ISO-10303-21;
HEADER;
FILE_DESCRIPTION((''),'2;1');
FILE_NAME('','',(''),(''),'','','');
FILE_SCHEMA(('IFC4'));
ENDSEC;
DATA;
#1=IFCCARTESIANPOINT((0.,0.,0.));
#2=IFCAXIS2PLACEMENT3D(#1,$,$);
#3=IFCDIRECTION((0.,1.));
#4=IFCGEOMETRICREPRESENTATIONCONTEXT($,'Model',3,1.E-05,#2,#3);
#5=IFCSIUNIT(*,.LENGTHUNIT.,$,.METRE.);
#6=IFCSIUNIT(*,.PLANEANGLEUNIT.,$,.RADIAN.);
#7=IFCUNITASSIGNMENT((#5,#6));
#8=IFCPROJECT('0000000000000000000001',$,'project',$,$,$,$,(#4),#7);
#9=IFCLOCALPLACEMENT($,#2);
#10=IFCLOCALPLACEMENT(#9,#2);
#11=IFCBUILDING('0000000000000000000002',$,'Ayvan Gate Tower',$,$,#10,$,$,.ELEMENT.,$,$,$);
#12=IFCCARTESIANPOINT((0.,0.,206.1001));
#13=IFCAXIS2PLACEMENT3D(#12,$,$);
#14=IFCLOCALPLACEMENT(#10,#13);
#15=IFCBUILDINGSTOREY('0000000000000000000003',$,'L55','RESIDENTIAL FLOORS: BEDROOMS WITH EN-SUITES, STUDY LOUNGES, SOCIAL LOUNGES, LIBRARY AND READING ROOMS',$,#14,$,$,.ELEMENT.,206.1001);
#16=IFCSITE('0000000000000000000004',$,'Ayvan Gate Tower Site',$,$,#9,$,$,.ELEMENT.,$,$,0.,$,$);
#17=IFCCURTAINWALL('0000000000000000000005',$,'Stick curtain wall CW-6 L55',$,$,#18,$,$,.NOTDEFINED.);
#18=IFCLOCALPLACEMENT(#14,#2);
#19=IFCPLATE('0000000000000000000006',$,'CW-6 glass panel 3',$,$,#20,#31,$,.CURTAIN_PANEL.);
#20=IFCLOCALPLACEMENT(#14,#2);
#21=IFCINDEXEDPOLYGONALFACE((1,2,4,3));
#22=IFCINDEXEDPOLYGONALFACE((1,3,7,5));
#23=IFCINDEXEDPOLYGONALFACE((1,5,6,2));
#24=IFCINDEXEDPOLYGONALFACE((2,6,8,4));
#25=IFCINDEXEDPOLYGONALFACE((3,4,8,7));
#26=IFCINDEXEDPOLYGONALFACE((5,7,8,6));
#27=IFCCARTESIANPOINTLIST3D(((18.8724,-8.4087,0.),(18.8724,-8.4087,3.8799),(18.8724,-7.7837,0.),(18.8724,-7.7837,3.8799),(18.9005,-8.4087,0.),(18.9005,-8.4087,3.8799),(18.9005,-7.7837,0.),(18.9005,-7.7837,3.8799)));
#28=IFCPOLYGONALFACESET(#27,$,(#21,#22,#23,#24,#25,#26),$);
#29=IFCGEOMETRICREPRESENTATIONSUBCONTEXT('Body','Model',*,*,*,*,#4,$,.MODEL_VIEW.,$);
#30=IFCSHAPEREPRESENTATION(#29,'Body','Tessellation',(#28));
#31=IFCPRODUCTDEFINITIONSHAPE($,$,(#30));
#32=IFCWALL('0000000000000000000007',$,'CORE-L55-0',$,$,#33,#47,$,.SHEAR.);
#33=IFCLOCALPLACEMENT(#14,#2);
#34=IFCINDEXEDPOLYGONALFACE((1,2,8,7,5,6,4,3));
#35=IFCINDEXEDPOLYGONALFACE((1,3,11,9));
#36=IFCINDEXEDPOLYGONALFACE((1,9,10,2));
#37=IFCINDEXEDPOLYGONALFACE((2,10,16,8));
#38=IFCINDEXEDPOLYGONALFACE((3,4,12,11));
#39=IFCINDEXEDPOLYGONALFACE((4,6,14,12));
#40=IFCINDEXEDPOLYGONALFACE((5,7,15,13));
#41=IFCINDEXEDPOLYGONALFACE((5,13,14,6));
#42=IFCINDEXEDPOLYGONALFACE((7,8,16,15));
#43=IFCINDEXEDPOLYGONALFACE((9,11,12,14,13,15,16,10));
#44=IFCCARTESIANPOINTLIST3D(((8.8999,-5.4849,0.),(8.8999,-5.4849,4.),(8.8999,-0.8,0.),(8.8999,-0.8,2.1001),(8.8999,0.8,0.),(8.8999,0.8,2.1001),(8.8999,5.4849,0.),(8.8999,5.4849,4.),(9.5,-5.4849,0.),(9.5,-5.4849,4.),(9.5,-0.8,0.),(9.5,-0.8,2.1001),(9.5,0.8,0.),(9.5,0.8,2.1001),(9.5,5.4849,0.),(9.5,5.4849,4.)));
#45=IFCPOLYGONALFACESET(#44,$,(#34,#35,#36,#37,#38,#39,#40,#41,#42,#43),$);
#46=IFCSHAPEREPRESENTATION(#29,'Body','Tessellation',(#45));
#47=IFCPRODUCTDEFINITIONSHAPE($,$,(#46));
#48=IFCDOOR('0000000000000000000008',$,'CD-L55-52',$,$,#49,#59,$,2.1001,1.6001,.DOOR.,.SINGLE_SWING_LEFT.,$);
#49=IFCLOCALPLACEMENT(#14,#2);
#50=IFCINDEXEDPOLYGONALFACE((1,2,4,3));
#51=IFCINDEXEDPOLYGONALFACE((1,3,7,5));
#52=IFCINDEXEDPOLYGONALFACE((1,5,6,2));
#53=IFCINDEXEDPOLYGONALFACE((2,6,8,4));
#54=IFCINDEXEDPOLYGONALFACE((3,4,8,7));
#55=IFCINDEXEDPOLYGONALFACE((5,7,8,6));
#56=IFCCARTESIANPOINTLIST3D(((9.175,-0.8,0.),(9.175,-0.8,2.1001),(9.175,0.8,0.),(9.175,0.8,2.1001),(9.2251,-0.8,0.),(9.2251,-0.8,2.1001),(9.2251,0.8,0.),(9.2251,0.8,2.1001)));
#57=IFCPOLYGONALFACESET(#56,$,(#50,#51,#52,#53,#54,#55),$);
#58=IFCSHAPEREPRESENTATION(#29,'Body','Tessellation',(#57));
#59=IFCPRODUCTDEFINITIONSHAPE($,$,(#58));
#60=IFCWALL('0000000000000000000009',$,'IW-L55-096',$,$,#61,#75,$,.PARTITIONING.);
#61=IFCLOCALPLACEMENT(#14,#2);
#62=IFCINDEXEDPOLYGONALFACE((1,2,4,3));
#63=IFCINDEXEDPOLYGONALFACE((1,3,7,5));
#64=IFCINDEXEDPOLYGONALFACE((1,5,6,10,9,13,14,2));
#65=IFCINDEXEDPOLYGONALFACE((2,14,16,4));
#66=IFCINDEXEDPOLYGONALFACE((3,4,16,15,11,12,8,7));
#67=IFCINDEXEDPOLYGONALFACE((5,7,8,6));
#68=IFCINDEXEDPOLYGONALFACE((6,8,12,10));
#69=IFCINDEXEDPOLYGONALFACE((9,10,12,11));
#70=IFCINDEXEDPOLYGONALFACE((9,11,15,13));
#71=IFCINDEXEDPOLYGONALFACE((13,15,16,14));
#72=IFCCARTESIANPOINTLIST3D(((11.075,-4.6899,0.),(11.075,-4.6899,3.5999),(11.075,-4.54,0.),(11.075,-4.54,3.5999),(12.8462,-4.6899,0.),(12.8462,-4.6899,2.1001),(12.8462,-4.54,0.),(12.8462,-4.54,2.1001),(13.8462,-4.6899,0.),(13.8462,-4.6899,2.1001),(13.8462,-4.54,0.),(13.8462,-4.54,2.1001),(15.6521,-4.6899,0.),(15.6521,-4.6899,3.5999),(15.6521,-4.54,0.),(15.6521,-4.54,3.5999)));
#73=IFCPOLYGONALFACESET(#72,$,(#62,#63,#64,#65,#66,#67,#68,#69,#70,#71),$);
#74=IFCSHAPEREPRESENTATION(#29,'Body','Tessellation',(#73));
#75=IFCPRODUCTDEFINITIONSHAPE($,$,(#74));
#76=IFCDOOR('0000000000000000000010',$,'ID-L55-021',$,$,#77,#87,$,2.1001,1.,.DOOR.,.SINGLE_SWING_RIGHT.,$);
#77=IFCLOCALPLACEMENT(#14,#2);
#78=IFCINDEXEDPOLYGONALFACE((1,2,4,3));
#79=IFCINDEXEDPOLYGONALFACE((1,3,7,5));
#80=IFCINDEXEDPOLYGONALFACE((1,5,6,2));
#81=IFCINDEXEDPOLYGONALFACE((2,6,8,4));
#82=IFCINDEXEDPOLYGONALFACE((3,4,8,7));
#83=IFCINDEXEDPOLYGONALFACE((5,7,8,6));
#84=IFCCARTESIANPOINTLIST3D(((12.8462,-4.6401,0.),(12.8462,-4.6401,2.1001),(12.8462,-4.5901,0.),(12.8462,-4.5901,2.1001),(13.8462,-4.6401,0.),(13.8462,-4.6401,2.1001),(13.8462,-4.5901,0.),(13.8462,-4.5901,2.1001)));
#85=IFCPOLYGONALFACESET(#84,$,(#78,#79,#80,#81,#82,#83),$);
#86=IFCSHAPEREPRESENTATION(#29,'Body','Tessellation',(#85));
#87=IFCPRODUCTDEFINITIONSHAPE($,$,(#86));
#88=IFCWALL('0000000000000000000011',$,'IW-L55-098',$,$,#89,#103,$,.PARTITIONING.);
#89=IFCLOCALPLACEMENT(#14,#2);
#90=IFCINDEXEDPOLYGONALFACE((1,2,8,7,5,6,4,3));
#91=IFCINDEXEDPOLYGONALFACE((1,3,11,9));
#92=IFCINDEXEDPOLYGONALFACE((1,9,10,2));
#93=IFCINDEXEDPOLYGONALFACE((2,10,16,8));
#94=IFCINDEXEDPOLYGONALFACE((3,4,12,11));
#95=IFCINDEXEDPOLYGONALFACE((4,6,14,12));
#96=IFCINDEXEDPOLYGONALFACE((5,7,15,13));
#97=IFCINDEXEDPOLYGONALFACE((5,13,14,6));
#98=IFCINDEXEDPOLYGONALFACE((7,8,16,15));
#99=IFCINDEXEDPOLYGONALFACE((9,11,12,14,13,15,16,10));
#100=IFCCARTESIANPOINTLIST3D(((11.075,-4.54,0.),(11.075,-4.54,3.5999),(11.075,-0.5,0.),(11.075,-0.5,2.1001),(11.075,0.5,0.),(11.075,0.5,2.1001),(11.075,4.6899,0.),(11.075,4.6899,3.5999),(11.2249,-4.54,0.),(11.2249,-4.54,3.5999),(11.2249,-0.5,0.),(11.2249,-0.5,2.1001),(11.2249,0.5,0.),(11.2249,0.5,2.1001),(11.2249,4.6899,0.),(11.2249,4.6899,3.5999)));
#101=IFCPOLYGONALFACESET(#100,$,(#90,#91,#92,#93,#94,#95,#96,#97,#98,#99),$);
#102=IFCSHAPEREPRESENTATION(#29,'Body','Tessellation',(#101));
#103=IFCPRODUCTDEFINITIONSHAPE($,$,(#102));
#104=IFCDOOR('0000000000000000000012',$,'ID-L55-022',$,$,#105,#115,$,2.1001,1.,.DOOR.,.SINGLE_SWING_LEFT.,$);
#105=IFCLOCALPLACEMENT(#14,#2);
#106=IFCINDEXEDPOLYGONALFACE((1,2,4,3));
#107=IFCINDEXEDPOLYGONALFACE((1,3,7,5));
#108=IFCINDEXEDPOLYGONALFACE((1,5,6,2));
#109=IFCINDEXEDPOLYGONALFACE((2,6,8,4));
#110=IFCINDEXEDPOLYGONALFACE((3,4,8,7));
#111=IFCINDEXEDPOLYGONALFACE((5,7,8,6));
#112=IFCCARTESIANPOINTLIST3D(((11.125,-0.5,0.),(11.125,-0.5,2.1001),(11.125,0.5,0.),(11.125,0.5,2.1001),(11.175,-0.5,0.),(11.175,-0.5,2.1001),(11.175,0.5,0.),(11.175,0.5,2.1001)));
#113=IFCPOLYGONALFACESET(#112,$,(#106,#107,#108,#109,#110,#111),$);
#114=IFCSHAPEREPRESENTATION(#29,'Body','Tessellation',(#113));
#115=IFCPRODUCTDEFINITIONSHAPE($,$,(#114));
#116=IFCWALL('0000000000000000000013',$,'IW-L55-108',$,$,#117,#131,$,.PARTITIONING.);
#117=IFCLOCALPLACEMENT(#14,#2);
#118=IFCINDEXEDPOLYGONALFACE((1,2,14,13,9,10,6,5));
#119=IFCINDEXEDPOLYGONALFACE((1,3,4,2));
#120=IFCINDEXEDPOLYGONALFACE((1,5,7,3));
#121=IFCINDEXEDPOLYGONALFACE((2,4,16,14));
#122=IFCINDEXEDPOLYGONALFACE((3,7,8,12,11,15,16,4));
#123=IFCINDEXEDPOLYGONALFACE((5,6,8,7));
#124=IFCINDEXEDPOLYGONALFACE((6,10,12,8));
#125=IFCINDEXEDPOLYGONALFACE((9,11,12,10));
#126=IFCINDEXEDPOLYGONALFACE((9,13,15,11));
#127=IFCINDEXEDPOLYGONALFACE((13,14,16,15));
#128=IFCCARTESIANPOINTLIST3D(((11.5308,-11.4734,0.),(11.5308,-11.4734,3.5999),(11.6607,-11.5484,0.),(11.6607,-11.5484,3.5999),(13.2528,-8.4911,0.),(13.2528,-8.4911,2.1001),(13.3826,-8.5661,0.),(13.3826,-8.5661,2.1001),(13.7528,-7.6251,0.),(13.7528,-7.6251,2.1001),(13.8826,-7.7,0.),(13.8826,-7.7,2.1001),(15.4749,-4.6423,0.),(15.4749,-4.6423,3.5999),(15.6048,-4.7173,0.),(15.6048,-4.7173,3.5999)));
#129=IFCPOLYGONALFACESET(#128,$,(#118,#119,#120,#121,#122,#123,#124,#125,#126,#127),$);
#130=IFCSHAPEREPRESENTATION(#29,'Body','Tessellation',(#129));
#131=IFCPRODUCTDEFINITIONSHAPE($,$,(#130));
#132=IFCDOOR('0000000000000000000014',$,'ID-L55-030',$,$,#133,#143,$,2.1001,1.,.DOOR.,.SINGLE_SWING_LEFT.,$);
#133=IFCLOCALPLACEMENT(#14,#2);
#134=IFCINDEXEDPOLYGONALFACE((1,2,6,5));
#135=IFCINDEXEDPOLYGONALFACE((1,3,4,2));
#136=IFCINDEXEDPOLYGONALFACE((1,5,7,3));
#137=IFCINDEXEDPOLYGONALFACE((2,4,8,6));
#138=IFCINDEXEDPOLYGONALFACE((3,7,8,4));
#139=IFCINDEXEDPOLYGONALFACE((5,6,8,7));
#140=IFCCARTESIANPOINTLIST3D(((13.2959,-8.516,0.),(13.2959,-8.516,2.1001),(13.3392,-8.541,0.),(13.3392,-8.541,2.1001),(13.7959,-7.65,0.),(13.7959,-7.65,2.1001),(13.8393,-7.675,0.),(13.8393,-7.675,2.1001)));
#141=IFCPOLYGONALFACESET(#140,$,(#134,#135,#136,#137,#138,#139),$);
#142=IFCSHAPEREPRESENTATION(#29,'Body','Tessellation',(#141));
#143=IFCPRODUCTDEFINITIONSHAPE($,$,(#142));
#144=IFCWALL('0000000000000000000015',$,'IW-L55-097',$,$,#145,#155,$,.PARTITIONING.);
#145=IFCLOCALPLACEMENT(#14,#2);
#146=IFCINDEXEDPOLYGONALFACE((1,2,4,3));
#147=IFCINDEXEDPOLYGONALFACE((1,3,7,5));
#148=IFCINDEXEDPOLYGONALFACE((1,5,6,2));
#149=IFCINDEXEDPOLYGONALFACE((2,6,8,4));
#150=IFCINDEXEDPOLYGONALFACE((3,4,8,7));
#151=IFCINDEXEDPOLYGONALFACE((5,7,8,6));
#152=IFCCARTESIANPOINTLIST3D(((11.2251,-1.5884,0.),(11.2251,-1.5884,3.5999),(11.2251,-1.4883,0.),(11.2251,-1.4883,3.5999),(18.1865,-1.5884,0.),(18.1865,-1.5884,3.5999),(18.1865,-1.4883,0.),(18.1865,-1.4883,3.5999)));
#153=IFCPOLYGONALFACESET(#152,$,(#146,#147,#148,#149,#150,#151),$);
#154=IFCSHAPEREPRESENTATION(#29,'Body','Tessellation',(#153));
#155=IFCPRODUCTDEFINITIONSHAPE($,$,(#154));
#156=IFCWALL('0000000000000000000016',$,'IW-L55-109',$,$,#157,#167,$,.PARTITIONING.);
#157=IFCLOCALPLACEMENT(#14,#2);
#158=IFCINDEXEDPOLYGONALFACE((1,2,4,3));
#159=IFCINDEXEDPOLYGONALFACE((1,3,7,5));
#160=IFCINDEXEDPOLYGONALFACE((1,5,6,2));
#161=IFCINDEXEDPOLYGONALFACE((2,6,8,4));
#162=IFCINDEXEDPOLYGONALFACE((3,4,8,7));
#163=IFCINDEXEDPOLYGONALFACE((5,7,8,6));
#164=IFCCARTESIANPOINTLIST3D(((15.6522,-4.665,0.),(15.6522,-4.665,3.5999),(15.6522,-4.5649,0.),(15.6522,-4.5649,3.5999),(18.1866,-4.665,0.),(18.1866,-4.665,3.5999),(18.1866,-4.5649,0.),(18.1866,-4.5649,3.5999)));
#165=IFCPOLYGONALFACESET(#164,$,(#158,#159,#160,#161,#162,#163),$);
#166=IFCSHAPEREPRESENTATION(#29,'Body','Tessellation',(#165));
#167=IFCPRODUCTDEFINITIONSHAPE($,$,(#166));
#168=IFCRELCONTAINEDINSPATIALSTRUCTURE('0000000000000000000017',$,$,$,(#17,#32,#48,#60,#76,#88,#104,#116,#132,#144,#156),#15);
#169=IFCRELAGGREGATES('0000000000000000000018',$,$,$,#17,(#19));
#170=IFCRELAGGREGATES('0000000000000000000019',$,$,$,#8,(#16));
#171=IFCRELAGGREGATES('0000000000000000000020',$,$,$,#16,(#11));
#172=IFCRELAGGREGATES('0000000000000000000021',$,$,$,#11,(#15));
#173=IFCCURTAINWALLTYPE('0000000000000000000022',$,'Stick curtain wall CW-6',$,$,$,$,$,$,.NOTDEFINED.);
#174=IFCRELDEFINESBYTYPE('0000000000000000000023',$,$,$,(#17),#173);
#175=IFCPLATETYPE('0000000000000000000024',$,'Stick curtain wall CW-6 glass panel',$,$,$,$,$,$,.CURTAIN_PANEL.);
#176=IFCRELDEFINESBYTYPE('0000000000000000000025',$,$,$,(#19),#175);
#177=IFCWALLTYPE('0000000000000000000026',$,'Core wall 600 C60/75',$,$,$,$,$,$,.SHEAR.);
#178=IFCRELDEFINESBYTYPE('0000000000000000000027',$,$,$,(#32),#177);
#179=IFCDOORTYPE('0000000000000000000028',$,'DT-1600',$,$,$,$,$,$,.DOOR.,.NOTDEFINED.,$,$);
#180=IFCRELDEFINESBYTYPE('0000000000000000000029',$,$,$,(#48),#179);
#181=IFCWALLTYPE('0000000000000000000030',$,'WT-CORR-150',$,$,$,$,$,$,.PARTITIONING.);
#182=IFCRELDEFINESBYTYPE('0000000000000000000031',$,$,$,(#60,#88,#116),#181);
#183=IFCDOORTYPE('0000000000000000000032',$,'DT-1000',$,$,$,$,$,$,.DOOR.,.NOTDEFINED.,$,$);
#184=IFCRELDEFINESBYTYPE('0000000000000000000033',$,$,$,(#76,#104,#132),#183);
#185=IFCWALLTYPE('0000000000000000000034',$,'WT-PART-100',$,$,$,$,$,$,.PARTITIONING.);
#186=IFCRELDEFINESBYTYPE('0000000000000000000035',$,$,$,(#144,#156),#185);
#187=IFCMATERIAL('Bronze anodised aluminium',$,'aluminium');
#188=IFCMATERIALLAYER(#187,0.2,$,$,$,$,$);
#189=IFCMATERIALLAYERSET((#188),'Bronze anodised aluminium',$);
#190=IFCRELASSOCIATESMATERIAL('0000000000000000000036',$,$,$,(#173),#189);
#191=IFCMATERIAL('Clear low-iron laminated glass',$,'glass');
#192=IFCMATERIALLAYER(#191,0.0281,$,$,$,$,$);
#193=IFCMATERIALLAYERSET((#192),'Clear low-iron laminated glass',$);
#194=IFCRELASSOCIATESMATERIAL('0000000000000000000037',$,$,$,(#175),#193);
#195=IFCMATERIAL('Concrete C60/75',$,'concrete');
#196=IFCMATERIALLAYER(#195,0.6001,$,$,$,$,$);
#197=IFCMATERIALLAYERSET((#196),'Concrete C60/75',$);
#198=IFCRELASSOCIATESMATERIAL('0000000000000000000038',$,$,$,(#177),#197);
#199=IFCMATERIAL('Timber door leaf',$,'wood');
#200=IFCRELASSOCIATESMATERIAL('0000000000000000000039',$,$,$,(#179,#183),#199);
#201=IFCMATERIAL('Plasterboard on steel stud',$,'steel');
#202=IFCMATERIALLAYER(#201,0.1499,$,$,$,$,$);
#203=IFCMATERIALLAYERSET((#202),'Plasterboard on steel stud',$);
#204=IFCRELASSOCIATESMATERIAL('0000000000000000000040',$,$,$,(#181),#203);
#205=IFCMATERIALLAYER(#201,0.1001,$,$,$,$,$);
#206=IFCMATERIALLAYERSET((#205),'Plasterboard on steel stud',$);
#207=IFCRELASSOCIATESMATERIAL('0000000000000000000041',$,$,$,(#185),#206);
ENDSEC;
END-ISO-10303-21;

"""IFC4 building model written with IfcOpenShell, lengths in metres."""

from ifc_helpers import new_model, si_unit, direction, frame, frame_2d, origin, origin_2d, place, context, subcontext, project, spatial, rectangle, extrude, material, layer, layer_set, type_object, element, fill, aggregate, save


model = new_model("IFC4")

# Units and contexts
model_context = context("Model", 3, precision=1e-05, world=origin(), true_north=direction((0.0, 1.0)))
body_context = subcontext(model_context, "Body", "Model", "MODEL_VIEW")
ifc_project = project(units=[si_unit("LENGTHUNIT", "METRE"), si_unit("PLANEANGLEUNIT", "RADIAN")], contexts=[model_context])

# Site, building, storey
site_placement = place(None, origin())
site = spatial("IfcSite", under=ifc_project, at=site_placement, Name="Ayvan Gate Tower Site", CompositionType="ELEMENT", RefElevation=0.0)
building_placement = place(site_placement, origin())
building = spatial("IfcBuilding", under=site, at=building_placement, Name="Ayvan Gate Tower", CompositionType="ELEMENT")
storey_placement = place(building_placement, frame((0.0, 0.0, 206.1001)))
storey = spatial("IfcBuildingStorey", under=building, at=storey_placement, Name="L55", Description="RESIDENTIAL FLOORS: BEDROOMS WITH EN-SUITES, STUDY LOUNGES, SOCIAL LOUNGES, LIBRARY AND READING ROOMS", CompositionType="ELEMENT", Elevation=206.1001)

# Curtain wall
ifc_material_1 = material(Name="Bronze anodised aluminium", Category="aluminium")
ifc_layer_1 = layer(ifc_material_1, 0.2)
ifc_layer_set_1 = layer_set([ifc_layer_1], Name="Bronze anodised aluminium")
curtain_wall_type_1 = type_object("IfcCurtainWallType", Name="Stick curtain wall CW-6", PredefinedType="NOTDEFINED", material=ifc_layer_set_1)
curtain_wall_1_placement = place(storey_placement, origin())
curtain_wall_1 = element("IfcCurtainWall", 1, at=curtain_wall_1_placement, inside=storey, type_object=curtain_wall_type_1, Name="Stick curtain wall CW-6 L55", PredefinedType="NOTDEFINED")

# Plate
ifc_material_2 = material(Name="Clear low-iron laminated glass", Category="glass")
ifc_layer_2 = layer(ifc_material_2, 0.0281)
ifc_layer_set_2 = layer_set([ifc_layer_2], Name="Clear low-iron laminated glass")
plate_type_1 = type_object("IfcPlateType", Name="Stick curtain wall CW-6 glass panel", PredefinedType="CURTAIN_PANEL", material=ifc_layer_set_2)
plate_1_placement = place(storey_placement, frame((18.8865, -8.0962, 0.0), z_axis=(0.0, 0.0, 1.0), x_axis=(0.0, 1.0, 0.0)))
plate_1 = element("IfcPlate", 2, at=plate_1_placement, type_object=plate_type_1, Name="CW-6 glass panel 3", PredefinedType="CURTAIN_PANEL", context=body_context, shape_type="SweptSolid", body=[
    extrude(rectangle(XDim=0.625, YDim=0.0281, at=origin_2d()), origin(), (0.0, 0.0, 1.0), 3.8799),
])
aggregate(curtain_wall_1, [plate_1])

# Walls, openings, doors
ifc_material_3 = material(Name="Concrete C60/75", Category="concrete")
ifc_layer_3 = layer(ifc_material_3, 0.6001)
ifc_layer_set_3 = layer_set([ifc_layer_3], Name="Concrete C60/75")
wall_type_1 = type_object("IfcWallType", Name="Core wall 600 C60/75", PredefinedType="SHEAR", material=ifc_layer_set_3)
wall_1_placement = place(storey_placement, frame((9.2, -5.4849, 0.0), z_axis=(0.0, 0.0, 1.0), x_axis=(0.0, 1.0, 0.0)))
wall_1 = element("IfcWall", 3, at=wall_1_placement, inside=storey, type_object=wall_type_1, Name="CORE-L55-0", PredefinedType="SHEAR", context=body_context, shape_type="SweptSolid", body=[
    extrude(rectangle(XDim=10.9697, YDim=0.6001, at=frame_2d((5.4849, 0.0))), origin(), (0.0, 0.0, 1.0), 4.0),
])
opening_1_placement = place(wall_1_placement, frame((4.6848, 0.0, 0.0)))
opening_1 = element("IfcOpeningElement", 4, at=opening_1_placement, cuts=wall_1, PredefinedType="OPENING", context=body_context, shape_type="SweptSolid", body=[
    extrude(rectangle(XDim=1.6001, YDim=2.1001, at=frame_2d((0.8, 1.05))), frame((0.0, 0.3101, 0.0), z_axis=(0.0, -1.0, 0.0), x_axis=(1.0, 0.0, 0.0)), (0.0, 0.0, 1.0), 0.6201),
])
ifc_material_4 = material(Name="Timber door leaf", Category="wood")
door_type_1 = type_object("IfcDoorType", Name="DT-1600", OperationType="NOTDEFINED", PredefinedType="DOOR", material=ifc_material_4)
door_1_placement = place(opening_1_placement, origin())
door_1 = element("IfcDoor", 5, at=door_1_placement, inside=storey, type_object=door_type_1, Name="CD-L55-52", OperationType="SINGLE_SWING_LEFT", OverallHeight=2.1001, OverallWidth=1.6001, PredefinedType="DOOR", context=body_context, shape_type="SweptSolid", body=[
    extrude(rectangle(XDim=1.6001, YDim=2.1001, at=frame_2d((0.8, 1.05))), frame((0.0, 0.0249, 0.0), z_axis=(0.0, -1.0, 0.0), x_axis=(1.0, 0.0, 0.0)), (0.0, 0.0, 1.0), 0.05),
])
fill(opening_1, door_1)
ifc_material_5 = material(Name="Plasterboard on steel stud", Category="steel")
ifc_layer_4 = layer(ifc_material_5, 0.1499)
ifc_layer_set_4 = layer_set([ifc_layer_4], Name="Plasterboard on steel stud")
wall_type_2 = type_object("IfcWallType", Name="WT-CORR-150", PredefinedType="PARTITIONING", material=ifc_layer_set_4)
wall_2_placement = place(storey_placement, frame((11.075, -4.615, 0.0), z_axis=(0.0, 0.0, 1.0), x_axis=(1.0, 0.0, 0.0)))
wall_2 = element("IfcWall", 6, at=wall_2_placement, inside=storey, type_object=wall_type_2, Name="IW-L55-096", PredefinedType="PARTITIONING", context=body_context, shape_type="SweptSolid", body=[
    extrude(rectangle(XDim=4.5771, YDim=0.1499, at=frame_2d((2.2886, 0.0))), origin(), (0.0, 0.0, 1.0), 3.5999),
])
opening_2_placement = place(wall_2_placement, frame((1.7712, 0.0, 0.0)))
opening_2 = element("IfcOpeningElement", 7, at=opening_2_placement, cuts=wall_2, PredefinedType="OPENING", context=body_context, shape_type="SweptSolid", body=[
    extrude(rectangle(XDim=1.0, YDim=2.1001, at=frame_2d((0.5, 1.05))), frame((0.0, 0.085, 0.0), z_axis=(0.0, -1.0, 0.0), x_axis=(1.0, 0.0, 0.0)), (0.0, 0.0, 1.0), 0.1699),
])
door_type_2 = type_object("IfcDoorType", Name="DT-1000", OperationType="NOTDEFINED", PredefinedType="DOOR", material=ifc_material_4)
door_2_placement = place(opening_2_placement, origin())
door_2 = element("IfcDoor", 8, at=door_2_placement, inside=storey, type_object=door_type_2, Name="ID-L55-021", OperationType="SINGLE_SWING_RIGHT", OverallHeight=2.1001, OverallWidth=1.0, PredefinedType="DOOR", context=body_context, shape_type="SweptSolid", body=[
    extrude(rectangle(XDim=1.0, YDim=2.1001, at=frame_2d((0.5, 1.05))), frame((0.0, 0.0249, 0.0), z_axis=(0.0, -1.0, 0.0), x_axis=(1.0, 0.0, 0.0)), (0.0, 0.0, 1.0), 0.05),
])
fill(opening_2, door_2)
wall_3_placement = place(storey_placement, frame((11.1499, -4.54, 0.0), z_axis=(0.0, 0.0, 1.0), x_axis=(0.0, 1.0, 0.0)))
wall_3 = element("IfcWall", 9, at=wall_3_placement, inside=storey, type_object=wall_type_2, Name="IW-L55-098", PredefinedType="PARTITIONING", context=body_context, shape_type="SweptSolid", body=[
    extrude(rectangle(XDim=9.23, YDim=0.1499, at=frame_2d((4.615, 0.0))), origin(), (0.0, 0.0, 1.0), 3.5999),
])
opening_3_placement = place(wall_3_placement, frame((4.04, 0.0, 0.0)))
opening_3 = element("IfcOpeningElement", 10, at=opening_3_placement, cuts=wall_3, PredefinedType="OPENING", context=body_context, shape_type="SweptSolid", body=[
    extrude(rectangle(XDim=1.0, YDim=2.1001, at=frame_2d((0.5, 1.05))), frame((0.0, 0.085, 0.0), z_axis=(0.0, -1.0, 0.0), x_axis=(1.0, 0.0, 0.0)), (0.0, 0.0, 1.0), 0.1699),
])
door_3_placement = place(opening_3_placement, origin())
door_3 = element("IfcDoor", 11, at=door_3_placement, inside=storey, type_object=door_type_2, Name="ID-L55-022", OperationType="SINGLE_SWING_LEFT", OverallHeight=2.1001, OverallWidth=1.0, PredefinedType="DOOR", context=body_context, shape_type="SweptSolid", body=[
    extrude(rectangle(XDim=1.0, YDim=2.1001, at=frame_2d((0.5, 1.05))), frame((0.0, 0.0249, 0.0), z_axis=(0.0, -1.0, 0.0), x_axis=(1.0, 0.0, 0.0)), (0.0, 0.0, 1.0), 0.05),
])
fill(opening_3, door_3)
wall_4_placement = place(storey_placement, frame((15.5398, -4.6799, 0.0), z_axis=(0.0, 0.0, 1.0), x_axis=(-0.500017, -0.866015, 0.0)))
wall_4 = element("IfcWall", 12, at=wall_4_placement, inside=storey, type_object=wall_type_2, Name="IW-L55-108", PredefinedType="PARTITIONING", context=body_context, shape_type="SweptSolid", body=[
    extrude(rectangle(XDim=7.8879, YDim=0.1499, at=frame_2d((3.9438, 0.0))), origin(), (0.0, 0.0, 1.0), 3.5999),
])
opening_4_placement = place(wall_4_placement, frame((3.4441, 0.0, 0.0)))
opening_4 = element("IfcOpeningElement", 13, at=opening_4_placement, cuts=wall_4, PredefinedType="OPENING", context=body_context, shape_type="SweptSolid", body=[
    extrude(rectangle(XDim=1.0, YDim=2.1001, at=frame_2d((0.5, 1.05))), frame((0.0, 0.085, 0.0), z_axis=(0.0, -1.0, 0.0), x_axis=(1.0, 0.0, 0.0)), (0.0, 0.0, 1.0), 0.1699),
])
door_4_placement = place(opening_4_placement, origin())
door_4 = element("IfcDoor", 14, at=door_4_placement, inside=storey, type_object=door_type_2, Name="ID-L55-030", OperationType="SINGLE_SWING_LEFT", OverallHeight=2.1001, OverallWidth=1.0, PredefinedType="DOOR", context=body_context, shape_type="SweptSolid", body=[
    extrude(rectangle(XDim=1.0, YDim=2.1001, at=frame_2d((0.5, 1.05))), frame((0.0, 0.0249, 0.0), z_axis=(0.0, -1.0, 0.0), x_axis=(1.0, 0.0, 0.0)), (0.0, 0.0, 1.0), 0.05),
])
fill(opening_4, door_4)

# Walls
ifc_layer_5 = layer(ifc_material_5, 0.1001)
ifc_layer_set_5 = layer_set([ifc_layer_5], Name="Plasterboard on steel stud")
wall_type_3 = type_object("IfcWallType", Name="WT-PART-100", PredefinedType="PARTITIONING", material=ifc_layer_set_5)
wall_5_placement = place(storey_placement, frame((11.2251, -1.5383, 0.0), z_axis=(0.0, 0.0, 1.0), x_axis=(1.0, 0.0, 0.0)))
element("IfcWall", 15, at=wall_5_placement, inside=storey, type_object=wall_type_3, Name="IW-L55-097", PredefinedType="PARTITIONING", context=body_context, shape_type="SweptSolid", body=[
    extrude(rectangle(XDim=6.9614, YDim=0.1001, at=frame_2d((3.4807, 0.0))), origin(), (0.0, 0.0, 1.0), 3.5999),
])
wall_6_placement = place(storey_placement, frame((18.1865, -4.615, 0.0), z_axis=(0.0, 0.0, 1.0), x_axis=(-1.0, 0.0, 0.0)))
element("IfcWall", 16, at=wall_6_placement, inside=storey, type_object=wall_type_3, Name="IW-L55-109", PredefinedType="PARTITIONING", context=body_context, shape_type="SweptSolid", body=[
    extrude(rectangle(XDim=2.5344, YDim=0.1001, at=frame_2d((1.2671, 0.0))), origin(), (0.0, 0.0, 1.0), 3.5999),
])

save(model, "model.ifc")
